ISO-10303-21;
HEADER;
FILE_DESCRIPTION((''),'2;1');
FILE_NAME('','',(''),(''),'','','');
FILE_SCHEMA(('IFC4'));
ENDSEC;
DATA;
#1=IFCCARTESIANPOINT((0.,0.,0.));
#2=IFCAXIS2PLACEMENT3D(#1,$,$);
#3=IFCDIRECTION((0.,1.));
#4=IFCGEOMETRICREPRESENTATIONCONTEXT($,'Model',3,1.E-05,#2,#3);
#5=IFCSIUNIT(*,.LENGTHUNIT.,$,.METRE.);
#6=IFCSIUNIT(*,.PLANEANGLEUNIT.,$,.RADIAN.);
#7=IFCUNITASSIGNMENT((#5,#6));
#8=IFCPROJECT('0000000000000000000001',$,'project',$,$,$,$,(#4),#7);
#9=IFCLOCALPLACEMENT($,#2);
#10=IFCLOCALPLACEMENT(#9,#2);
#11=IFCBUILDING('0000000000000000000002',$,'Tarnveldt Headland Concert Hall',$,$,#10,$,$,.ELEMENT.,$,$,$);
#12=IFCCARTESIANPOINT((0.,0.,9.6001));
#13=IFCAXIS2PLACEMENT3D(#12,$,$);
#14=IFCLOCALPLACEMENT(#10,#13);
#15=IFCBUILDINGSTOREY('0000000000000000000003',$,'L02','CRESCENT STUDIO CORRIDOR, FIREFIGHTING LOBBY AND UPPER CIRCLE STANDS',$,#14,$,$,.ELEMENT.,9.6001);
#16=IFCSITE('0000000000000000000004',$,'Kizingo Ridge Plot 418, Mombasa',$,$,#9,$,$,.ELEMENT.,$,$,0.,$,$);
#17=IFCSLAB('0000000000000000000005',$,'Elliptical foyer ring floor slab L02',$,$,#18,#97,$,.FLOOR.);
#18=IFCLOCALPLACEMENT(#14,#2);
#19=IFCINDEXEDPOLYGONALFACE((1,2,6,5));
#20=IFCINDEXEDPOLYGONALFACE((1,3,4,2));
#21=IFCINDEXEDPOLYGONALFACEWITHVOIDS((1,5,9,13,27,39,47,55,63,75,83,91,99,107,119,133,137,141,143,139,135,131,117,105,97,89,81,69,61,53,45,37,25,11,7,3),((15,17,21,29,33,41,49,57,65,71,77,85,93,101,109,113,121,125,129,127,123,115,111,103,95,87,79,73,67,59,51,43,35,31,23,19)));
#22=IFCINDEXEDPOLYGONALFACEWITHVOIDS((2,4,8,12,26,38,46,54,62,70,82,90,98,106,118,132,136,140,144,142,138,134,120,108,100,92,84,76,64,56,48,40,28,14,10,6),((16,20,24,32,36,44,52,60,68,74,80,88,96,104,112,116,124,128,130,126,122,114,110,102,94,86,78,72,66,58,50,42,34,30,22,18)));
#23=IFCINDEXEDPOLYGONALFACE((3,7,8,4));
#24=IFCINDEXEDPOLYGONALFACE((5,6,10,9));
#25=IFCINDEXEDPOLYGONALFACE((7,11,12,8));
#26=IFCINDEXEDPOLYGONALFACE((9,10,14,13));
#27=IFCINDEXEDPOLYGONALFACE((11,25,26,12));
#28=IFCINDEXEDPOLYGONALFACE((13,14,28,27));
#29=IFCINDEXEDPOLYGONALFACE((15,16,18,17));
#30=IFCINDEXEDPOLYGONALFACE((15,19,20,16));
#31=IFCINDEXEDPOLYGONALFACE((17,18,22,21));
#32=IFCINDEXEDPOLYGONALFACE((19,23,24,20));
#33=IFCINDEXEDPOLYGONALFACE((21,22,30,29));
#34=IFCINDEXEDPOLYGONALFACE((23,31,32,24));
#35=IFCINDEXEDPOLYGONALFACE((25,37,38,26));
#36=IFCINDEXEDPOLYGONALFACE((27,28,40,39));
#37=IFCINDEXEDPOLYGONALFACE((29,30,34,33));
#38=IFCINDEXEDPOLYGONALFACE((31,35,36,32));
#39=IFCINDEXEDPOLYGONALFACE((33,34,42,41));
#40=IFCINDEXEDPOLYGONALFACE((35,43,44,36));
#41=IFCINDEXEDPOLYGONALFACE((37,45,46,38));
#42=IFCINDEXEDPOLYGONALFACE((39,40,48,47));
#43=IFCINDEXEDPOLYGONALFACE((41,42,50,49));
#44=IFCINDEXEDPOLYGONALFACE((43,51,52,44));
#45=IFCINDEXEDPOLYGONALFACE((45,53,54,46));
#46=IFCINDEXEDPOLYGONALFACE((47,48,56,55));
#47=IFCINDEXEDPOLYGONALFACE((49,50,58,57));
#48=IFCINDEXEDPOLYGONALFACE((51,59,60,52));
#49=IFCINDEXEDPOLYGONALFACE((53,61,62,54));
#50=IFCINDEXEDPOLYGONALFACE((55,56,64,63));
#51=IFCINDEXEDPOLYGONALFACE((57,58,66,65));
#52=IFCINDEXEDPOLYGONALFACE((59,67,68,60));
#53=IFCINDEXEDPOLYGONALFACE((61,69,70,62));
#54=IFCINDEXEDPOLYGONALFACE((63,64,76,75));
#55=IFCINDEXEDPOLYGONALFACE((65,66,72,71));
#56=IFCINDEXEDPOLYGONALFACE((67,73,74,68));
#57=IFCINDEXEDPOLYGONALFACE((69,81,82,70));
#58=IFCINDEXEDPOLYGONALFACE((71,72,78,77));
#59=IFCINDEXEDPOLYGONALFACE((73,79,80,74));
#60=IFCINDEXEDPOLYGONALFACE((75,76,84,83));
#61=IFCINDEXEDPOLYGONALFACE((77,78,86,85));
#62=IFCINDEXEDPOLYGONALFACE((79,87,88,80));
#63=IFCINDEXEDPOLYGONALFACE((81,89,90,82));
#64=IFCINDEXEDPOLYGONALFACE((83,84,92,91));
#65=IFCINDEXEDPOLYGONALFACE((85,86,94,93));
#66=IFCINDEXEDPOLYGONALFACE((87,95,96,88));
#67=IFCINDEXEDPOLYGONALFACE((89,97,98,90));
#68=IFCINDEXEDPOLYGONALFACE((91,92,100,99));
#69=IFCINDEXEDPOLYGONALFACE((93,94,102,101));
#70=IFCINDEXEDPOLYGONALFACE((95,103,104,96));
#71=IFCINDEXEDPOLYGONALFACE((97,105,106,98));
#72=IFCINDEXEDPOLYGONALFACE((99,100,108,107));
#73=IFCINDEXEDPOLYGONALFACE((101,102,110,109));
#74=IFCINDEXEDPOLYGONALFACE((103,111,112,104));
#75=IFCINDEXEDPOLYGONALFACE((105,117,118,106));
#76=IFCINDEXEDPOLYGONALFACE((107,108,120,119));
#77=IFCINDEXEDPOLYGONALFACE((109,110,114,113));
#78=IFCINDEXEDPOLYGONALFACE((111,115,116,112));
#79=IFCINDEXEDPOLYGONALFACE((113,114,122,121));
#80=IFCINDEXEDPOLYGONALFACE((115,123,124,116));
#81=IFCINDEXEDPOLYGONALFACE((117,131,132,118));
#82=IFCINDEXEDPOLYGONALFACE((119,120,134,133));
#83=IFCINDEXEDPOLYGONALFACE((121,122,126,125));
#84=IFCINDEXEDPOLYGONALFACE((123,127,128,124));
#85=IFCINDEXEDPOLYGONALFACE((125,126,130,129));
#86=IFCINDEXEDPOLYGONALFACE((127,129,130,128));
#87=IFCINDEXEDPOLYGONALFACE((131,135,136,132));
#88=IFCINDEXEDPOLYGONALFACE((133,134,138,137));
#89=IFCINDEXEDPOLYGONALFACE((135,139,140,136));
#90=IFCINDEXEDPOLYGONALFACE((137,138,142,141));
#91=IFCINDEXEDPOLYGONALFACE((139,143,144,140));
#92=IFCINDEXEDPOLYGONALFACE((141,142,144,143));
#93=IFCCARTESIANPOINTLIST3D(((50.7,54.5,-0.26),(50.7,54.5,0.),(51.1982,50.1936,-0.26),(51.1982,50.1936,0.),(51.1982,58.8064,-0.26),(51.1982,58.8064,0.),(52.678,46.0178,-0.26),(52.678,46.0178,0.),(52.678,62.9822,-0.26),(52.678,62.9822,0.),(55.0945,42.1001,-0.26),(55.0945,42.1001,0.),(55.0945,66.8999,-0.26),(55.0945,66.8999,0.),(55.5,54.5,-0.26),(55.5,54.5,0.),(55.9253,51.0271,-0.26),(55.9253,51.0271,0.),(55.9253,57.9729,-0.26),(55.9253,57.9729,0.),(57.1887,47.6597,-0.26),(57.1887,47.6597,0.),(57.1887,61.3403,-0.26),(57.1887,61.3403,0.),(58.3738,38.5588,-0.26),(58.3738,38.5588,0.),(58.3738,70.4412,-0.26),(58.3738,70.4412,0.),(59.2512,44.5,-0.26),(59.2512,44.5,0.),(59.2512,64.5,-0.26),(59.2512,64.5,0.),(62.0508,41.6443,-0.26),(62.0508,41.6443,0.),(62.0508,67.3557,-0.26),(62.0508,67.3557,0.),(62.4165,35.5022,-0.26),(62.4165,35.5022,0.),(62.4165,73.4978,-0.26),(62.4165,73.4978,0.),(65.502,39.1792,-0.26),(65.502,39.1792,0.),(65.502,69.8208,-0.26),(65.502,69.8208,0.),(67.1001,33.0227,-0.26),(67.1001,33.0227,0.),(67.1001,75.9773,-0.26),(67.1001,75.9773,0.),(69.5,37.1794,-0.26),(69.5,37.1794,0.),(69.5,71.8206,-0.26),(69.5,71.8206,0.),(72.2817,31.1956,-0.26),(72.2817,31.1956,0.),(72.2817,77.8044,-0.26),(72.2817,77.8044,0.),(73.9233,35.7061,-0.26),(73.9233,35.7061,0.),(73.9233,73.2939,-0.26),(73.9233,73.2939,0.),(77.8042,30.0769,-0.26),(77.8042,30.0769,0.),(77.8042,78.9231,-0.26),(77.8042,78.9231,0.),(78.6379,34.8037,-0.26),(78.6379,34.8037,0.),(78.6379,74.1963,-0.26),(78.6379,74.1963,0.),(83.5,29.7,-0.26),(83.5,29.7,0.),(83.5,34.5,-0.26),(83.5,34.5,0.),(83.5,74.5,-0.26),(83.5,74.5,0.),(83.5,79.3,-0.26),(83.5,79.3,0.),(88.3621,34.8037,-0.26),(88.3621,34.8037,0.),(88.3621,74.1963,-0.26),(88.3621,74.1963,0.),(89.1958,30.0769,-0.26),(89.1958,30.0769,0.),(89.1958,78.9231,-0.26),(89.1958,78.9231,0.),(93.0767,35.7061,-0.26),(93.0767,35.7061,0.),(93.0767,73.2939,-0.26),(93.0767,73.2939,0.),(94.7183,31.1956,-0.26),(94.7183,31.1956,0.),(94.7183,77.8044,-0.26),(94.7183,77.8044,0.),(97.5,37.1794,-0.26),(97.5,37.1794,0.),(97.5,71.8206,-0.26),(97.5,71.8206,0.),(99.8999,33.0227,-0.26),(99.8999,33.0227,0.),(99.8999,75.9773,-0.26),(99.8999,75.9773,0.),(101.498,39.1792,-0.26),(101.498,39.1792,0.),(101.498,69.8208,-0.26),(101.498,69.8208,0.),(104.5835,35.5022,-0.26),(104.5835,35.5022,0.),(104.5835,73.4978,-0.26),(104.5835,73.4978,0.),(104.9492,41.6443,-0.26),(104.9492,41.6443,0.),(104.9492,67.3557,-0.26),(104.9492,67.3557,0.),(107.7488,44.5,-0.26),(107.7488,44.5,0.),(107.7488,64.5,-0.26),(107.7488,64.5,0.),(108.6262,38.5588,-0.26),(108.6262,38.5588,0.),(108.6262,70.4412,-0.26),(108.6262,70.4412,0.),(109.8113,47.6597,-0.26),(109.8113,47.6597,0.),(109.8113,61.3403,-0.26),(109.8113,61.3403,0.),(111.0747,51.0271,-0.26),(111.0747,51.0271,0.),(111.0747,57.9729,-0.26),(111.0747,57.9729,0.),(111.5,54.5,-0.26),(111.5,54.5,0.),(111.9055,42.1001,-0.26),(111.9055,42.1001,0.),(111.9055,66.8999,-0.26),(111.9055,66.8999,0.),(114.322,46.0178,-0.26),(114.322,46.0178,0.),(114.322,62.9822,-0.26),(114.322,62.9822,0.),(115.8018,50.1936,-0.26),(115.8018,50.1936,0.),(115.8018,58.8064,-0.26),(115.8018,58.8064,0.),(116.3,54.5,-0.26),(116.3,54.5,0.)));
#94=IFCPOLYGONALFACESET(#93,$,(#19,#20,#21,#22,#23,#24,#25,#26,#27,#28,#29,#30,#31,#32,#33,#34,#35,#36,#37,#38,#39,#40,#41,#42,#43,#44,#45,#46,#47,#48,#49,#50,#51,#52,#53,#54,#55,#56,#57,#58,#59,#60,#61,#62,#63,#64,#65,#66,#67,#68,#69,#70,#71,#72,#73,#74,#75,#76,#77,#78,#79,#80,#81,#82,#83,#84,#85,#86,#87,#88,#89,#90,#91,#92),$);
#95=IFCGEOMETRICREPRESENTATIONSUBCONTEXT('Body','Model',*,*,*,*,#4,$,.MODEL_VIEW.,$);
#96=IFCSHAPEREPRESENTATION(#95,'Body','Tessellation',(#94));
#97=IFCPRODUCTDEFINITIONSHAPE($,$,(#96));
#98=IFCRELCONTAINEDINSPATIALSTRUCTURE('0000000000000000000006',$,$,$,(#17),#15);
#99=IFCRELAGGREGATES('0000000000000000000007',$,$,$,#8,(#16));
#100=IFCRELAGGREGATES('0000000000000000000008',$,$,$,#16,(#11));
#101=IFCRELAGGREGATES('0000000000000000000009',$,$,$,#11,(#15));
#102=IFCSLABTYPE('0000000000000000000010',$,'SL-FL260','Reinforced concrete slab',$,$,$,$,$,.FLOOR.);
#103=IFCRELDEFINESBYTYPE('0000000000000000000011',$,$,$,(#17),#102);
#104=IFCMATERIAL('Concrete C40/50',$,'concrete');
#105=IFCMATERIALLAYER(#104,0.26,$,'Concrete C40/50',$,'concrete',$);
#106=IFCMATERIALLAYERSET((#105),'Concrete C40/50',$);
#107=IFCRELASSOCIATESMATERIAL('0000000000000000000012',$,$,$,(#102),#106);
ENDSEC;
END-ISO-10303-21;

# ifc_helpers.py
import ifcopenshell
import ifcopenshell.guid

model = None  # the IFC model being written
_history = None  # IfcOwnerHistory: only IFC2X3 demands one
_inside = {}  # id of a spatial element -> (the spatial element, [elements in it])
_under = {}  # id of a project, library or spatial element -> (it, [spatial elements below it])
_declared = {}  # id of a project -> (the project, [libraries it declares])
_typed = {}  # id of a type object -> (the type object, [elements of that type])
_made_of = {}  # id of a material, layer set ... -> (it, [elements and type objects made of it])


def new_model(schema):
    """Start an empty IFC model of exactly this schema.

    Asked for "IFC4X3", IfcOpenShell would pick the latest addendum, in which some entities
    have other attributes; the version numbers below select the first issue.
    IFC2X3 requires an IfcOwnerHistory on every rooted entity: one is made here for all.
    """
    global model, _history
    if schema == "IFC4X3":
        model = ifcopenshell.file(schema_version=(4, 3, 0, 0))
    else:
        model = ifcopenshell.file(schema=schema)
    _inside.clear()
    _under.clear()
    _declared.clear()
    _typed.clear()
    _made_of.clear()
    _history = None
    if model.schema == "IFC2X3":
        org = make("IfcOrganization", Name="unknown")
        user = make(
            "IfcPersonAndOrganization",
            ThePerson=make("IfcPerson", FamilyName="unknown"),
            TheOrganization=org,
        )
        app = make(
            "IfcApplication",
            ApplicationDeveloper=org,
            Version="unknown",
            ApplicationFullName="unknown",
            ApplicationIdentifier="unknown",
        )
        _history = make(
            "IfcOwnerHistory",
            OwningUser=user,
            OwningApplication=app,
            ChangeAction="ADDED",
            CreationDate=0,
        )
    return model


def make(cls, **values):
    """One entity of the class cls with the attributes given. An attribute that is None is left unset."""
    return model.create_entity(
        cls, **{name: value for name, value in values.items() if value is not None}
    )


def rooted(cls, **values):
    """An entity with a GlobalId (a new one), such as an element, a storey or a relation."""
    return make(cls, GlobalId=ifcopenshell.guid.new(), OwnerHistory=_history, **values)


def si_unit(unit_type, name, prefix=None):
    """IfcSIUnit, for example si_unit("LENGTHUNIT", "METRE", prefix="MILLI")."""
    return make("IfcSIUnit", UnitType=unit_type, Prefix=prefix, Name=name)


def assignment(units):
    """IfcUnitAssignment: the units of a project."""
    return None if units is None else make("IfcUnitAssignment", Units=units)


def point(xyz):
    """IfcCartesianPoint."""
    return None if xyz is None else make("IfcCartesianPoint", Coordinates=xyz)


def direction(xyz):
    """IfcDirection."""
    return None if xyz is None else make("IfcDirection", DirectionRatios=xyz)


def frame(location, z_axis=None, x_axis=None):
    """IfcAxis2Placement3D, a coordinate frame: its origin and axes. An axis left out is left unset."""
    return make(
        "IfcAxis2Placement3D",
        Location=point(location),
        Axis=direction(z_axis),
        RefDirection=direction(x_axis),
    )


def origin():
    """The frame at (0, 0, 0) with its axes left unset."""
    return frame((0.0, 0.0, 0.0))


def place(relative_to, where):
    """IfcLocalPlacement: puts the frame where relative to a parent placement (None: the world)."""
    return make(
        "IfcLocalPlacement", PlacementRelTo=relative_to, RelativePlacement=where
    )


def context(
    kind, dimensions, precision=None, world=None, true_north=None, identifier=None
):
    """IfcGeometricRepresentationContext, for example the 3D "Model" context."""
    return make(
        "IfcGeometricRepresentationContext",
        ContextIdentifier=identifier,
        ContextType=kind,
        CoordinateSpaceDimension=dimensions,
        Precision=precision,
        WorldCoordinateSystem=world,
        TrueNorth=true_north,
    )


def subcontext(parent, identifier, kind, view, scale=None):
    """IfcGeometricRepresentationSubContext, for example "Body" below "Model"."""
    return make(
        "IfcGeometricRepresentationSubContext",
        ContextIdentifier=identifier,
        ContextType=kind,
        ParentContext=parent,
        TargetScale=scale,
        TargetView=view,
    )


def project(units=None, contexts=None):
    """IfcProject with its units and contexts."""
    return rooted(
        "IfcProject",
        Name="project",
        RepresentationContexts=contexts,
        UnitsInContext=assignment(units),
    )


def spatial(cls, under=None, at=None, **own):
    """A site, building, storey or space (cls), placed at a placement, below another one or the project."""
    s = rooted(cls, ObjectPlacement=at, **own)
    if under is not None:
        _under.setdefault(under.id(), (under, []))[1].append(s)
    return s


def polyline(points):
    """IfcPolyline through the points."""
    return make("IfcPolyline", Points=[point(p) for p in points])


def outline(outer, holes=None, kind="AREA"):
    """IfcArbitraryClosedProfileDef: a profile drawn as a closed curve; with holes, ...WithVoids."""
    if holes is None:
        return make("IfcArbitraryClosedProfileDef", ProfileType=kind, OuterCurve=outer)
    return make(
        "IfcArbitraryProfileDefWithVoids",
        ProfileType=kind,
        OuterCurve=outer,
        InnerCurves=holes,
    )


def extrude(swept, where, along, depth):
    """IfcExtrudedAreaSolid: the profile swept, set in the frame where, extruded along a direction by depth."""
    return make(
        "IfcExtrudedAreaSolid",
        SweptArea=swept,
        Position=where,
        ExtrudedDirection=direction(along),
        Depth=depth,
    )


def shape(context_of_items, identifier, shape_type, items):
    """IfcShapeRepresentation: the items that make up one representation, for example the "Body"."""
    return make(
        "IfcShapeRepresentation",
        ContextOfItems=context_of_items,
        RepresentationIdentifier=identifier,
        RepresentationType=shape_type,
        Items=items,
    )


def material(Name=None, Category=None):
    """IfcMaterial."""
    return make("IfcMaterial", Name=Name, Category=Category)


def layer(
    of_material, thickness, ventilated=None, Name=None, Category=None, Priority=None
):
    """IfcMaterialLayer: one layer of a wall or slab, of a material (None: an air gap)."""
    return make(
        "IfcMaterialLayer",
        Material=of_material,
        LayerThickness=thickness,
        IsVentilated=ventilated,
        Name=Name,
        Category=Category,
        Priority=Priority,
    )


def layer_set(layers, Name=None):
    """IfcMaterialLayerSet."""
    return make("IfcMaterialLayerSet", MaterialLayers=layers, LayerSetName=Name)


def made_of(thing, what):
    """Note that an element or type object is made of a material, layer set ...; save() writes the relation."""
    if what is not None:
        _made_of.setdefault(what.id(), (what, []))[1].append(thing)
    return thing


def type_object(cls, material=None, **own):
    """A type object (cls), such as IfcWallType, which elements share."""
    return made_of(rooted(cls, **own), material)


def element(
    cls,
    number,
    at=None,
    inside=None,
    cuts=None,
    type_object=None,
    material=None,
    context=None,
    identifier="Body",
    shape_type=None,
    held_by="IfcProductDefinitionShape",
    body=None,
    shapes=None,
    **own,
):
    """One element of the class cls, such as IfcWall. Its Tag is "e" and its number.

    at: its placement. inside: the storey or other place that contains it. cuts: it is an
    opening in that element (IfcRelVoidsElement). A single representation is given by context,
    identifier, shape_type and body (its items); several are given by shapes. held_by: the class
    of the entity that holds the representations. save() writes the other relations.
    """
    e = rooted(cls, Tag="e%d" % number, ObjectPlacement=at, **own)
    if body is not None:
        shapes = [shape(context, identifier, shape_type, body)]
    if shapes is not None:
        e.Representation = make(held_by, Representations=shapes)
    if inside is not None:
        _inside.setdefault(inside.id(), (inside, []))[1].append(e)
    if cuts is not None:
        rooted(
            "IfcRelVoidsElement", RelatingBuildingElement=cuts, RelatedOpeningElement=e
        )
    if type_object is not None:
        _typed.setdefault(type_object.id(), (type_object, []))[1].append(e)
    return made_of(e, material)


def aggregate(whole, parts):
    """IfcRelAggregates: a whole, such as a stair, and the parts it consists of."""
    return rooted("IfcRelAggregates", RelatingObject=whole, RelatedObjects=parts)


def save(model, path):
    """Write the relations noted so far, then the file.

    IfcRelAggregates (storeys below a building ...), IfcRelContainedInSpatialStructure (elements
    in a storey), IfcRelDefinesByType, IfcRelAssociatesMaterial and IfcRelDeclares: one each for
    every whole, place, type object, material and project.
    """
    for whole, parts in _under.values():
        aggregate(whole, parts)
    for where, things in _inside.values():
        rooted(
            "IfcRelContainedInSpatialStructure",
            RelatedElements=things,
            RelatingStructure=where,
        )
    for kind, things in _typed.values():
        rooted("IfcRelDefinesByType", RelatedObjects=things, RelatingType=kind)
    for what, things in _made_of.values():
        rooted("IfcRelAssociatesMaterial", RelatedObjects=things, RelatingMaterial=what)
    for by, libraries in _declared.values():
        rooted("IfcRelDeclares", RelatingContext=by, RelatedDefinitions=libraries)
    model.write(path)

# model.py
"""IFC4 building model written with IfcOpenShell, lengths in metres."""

from ifc_helpers import new_model, si_unit, direction, frame, origin, place, context, subcontext, project, spatial, polyline, outline, extrude, material, layer, layer_set, type_object, element, save


model = new_model("IFC4")

# Units and contexts
model_context = context("Model", 3, precision=1e-05, world=origin(), true_north=direction((0.0, 1.0)))
body_context = subcontext(model_context, "Body", "Model", "MODEL_VIEW")
ifc_project = project(units=[si_unit("LENGTHUNIT", "METRE"), si_unit("PLANEANGLEUNIT", "RADIAN")], contexts=[model_context])

# Site, building, storey
site_placement = place(None, origin())
site = spatial("IfcSite", under=ifc_project, at=site_placement, Name="Kizingo Ridge Plot 418, Mombasa", CompositionType="ELEMENT", RefElevation=0.0)
building_placement = place(site_placement, origin())
building = spatial("IfcBuilding", under=site, at=building_placement, Name="Tarnveldt Headland Concert Hall", CompositionType="ELEMENT")
storey_placement = place(building_placement, frame((0.0, 0.0, 9.6001)))
storey = spatial("IfcBuildingStorey", under=building, at=storey_placement, Name="L02", Description="CRESCENT STUDIO CORRIDOR, FIREFIGHTING LOBBY AND UPPER CIRCLE STANDS", CompositionType="ELEMENT", Elevation=9.6001)

# Slab
ifc_material_1 = material(Name="Concrete C40/50", Category="concrete")
ifc_layer_1 = layer(ifc_material_1, 0.26, Name="Concrete C40/50", Category="concrete")
ifc_layer_set_1 = layer_set([ifc_layer_1], Name="Concrete C40/50")
slab_type_1 = type_object("IfcSlabType", Name="SL-FL260", Description="Reinforced concrete slab", PredefinedType="FLOOR", material=ifc_layer_set_1)
slab_1_placement = place(storey_placement, frame((0.0, 0.0, -0.26)))
element("IfcSlab", 1, at=slab_1_placement, inside=storey, type_object=slab_type_1, Name="Elliptical foyer ring floor slab L02", PredefinedType="FLOOR", context=body_context, shape_type="SweptSolid", body=[
    extrude(outline(polyline([(115.8018, 50.1936), (116.3, 54.5), (115.8018, 58.8064), (114.322, 62.9822), (111.9055, 66.8999), (108.6262, 70.4412), (104.5835, 73.4978), (99.8999, 75.9773), (94.7183, 77.8044), (89.1958, 78.9231), (83.5, 79.3), (77.8042, 78.9231), (72.2817, 77.8044), (67.1001, 75.9773), (62.4165, 73.4978), (58.3738, 70.4412), (55.0945, 66.8999), (52.678, 62.9822), (51.1982, 58.8064), (50.7, 54.5), (51.1982, 50.1936), (52.678, 46.0178), (55.0945, 42.1001), (58.3738, 38.5588), (62.4165, 35.5022), (67.1001, 33.0227), (72.2817, 31.1956), (77.8042, 30.0769), (83.5, 29.7), (89.1958, 30.0769), (94.7183, 31.1956), (99.8999, 33.0227), (104.5835, 35.5022), (108.6262, 38.5588), (111.9055, 42.1001), (114.322, 46.0178), (115.8018, 50.1936)]), holes=[polyline([(111.0747, 57.9729), (111.5, 54.5), (111.0747, 51.0271), (109.8113, 47.6597), (107.7488, 44.5), (104.9492, 41.6443), (101.498, 39.1792), (97.5, 37.1794), (93.0767, 35.7061), (88.3621, 34.8037), (83.5, 34.5), (78.6379, 34.8037), (73.9233, 35.7061), (69.5, 37.1794), (65.502, 39.1792), (62.0508, 41.6443), (59.2512, 44.5), (57.1887, 47.6597), (55.9253, 51.0271), (55.5, 54.5), (55.9253, 57.9729), (57.1887, 61.3403), (59.2512, 64.5), (62.0508, 67.3557), (65.502, 69.8208), (69.5, 71.8206), (73.9233, 73.2939), (78.6379, 74.1963), (83.5, 74.5), (88.3621, 74.1963), (93.0767, 73.2939), (97.5, 71.8206), (101.498, 69.8208), (104.9492, 67.3557), (107.7488, 64.5), (109.8113, 61.3403), (111.0747, 57.9729)])]), origin(), (0.0, 0.0, 1.0), 0.26),
])

save(model, "model.ifc")
